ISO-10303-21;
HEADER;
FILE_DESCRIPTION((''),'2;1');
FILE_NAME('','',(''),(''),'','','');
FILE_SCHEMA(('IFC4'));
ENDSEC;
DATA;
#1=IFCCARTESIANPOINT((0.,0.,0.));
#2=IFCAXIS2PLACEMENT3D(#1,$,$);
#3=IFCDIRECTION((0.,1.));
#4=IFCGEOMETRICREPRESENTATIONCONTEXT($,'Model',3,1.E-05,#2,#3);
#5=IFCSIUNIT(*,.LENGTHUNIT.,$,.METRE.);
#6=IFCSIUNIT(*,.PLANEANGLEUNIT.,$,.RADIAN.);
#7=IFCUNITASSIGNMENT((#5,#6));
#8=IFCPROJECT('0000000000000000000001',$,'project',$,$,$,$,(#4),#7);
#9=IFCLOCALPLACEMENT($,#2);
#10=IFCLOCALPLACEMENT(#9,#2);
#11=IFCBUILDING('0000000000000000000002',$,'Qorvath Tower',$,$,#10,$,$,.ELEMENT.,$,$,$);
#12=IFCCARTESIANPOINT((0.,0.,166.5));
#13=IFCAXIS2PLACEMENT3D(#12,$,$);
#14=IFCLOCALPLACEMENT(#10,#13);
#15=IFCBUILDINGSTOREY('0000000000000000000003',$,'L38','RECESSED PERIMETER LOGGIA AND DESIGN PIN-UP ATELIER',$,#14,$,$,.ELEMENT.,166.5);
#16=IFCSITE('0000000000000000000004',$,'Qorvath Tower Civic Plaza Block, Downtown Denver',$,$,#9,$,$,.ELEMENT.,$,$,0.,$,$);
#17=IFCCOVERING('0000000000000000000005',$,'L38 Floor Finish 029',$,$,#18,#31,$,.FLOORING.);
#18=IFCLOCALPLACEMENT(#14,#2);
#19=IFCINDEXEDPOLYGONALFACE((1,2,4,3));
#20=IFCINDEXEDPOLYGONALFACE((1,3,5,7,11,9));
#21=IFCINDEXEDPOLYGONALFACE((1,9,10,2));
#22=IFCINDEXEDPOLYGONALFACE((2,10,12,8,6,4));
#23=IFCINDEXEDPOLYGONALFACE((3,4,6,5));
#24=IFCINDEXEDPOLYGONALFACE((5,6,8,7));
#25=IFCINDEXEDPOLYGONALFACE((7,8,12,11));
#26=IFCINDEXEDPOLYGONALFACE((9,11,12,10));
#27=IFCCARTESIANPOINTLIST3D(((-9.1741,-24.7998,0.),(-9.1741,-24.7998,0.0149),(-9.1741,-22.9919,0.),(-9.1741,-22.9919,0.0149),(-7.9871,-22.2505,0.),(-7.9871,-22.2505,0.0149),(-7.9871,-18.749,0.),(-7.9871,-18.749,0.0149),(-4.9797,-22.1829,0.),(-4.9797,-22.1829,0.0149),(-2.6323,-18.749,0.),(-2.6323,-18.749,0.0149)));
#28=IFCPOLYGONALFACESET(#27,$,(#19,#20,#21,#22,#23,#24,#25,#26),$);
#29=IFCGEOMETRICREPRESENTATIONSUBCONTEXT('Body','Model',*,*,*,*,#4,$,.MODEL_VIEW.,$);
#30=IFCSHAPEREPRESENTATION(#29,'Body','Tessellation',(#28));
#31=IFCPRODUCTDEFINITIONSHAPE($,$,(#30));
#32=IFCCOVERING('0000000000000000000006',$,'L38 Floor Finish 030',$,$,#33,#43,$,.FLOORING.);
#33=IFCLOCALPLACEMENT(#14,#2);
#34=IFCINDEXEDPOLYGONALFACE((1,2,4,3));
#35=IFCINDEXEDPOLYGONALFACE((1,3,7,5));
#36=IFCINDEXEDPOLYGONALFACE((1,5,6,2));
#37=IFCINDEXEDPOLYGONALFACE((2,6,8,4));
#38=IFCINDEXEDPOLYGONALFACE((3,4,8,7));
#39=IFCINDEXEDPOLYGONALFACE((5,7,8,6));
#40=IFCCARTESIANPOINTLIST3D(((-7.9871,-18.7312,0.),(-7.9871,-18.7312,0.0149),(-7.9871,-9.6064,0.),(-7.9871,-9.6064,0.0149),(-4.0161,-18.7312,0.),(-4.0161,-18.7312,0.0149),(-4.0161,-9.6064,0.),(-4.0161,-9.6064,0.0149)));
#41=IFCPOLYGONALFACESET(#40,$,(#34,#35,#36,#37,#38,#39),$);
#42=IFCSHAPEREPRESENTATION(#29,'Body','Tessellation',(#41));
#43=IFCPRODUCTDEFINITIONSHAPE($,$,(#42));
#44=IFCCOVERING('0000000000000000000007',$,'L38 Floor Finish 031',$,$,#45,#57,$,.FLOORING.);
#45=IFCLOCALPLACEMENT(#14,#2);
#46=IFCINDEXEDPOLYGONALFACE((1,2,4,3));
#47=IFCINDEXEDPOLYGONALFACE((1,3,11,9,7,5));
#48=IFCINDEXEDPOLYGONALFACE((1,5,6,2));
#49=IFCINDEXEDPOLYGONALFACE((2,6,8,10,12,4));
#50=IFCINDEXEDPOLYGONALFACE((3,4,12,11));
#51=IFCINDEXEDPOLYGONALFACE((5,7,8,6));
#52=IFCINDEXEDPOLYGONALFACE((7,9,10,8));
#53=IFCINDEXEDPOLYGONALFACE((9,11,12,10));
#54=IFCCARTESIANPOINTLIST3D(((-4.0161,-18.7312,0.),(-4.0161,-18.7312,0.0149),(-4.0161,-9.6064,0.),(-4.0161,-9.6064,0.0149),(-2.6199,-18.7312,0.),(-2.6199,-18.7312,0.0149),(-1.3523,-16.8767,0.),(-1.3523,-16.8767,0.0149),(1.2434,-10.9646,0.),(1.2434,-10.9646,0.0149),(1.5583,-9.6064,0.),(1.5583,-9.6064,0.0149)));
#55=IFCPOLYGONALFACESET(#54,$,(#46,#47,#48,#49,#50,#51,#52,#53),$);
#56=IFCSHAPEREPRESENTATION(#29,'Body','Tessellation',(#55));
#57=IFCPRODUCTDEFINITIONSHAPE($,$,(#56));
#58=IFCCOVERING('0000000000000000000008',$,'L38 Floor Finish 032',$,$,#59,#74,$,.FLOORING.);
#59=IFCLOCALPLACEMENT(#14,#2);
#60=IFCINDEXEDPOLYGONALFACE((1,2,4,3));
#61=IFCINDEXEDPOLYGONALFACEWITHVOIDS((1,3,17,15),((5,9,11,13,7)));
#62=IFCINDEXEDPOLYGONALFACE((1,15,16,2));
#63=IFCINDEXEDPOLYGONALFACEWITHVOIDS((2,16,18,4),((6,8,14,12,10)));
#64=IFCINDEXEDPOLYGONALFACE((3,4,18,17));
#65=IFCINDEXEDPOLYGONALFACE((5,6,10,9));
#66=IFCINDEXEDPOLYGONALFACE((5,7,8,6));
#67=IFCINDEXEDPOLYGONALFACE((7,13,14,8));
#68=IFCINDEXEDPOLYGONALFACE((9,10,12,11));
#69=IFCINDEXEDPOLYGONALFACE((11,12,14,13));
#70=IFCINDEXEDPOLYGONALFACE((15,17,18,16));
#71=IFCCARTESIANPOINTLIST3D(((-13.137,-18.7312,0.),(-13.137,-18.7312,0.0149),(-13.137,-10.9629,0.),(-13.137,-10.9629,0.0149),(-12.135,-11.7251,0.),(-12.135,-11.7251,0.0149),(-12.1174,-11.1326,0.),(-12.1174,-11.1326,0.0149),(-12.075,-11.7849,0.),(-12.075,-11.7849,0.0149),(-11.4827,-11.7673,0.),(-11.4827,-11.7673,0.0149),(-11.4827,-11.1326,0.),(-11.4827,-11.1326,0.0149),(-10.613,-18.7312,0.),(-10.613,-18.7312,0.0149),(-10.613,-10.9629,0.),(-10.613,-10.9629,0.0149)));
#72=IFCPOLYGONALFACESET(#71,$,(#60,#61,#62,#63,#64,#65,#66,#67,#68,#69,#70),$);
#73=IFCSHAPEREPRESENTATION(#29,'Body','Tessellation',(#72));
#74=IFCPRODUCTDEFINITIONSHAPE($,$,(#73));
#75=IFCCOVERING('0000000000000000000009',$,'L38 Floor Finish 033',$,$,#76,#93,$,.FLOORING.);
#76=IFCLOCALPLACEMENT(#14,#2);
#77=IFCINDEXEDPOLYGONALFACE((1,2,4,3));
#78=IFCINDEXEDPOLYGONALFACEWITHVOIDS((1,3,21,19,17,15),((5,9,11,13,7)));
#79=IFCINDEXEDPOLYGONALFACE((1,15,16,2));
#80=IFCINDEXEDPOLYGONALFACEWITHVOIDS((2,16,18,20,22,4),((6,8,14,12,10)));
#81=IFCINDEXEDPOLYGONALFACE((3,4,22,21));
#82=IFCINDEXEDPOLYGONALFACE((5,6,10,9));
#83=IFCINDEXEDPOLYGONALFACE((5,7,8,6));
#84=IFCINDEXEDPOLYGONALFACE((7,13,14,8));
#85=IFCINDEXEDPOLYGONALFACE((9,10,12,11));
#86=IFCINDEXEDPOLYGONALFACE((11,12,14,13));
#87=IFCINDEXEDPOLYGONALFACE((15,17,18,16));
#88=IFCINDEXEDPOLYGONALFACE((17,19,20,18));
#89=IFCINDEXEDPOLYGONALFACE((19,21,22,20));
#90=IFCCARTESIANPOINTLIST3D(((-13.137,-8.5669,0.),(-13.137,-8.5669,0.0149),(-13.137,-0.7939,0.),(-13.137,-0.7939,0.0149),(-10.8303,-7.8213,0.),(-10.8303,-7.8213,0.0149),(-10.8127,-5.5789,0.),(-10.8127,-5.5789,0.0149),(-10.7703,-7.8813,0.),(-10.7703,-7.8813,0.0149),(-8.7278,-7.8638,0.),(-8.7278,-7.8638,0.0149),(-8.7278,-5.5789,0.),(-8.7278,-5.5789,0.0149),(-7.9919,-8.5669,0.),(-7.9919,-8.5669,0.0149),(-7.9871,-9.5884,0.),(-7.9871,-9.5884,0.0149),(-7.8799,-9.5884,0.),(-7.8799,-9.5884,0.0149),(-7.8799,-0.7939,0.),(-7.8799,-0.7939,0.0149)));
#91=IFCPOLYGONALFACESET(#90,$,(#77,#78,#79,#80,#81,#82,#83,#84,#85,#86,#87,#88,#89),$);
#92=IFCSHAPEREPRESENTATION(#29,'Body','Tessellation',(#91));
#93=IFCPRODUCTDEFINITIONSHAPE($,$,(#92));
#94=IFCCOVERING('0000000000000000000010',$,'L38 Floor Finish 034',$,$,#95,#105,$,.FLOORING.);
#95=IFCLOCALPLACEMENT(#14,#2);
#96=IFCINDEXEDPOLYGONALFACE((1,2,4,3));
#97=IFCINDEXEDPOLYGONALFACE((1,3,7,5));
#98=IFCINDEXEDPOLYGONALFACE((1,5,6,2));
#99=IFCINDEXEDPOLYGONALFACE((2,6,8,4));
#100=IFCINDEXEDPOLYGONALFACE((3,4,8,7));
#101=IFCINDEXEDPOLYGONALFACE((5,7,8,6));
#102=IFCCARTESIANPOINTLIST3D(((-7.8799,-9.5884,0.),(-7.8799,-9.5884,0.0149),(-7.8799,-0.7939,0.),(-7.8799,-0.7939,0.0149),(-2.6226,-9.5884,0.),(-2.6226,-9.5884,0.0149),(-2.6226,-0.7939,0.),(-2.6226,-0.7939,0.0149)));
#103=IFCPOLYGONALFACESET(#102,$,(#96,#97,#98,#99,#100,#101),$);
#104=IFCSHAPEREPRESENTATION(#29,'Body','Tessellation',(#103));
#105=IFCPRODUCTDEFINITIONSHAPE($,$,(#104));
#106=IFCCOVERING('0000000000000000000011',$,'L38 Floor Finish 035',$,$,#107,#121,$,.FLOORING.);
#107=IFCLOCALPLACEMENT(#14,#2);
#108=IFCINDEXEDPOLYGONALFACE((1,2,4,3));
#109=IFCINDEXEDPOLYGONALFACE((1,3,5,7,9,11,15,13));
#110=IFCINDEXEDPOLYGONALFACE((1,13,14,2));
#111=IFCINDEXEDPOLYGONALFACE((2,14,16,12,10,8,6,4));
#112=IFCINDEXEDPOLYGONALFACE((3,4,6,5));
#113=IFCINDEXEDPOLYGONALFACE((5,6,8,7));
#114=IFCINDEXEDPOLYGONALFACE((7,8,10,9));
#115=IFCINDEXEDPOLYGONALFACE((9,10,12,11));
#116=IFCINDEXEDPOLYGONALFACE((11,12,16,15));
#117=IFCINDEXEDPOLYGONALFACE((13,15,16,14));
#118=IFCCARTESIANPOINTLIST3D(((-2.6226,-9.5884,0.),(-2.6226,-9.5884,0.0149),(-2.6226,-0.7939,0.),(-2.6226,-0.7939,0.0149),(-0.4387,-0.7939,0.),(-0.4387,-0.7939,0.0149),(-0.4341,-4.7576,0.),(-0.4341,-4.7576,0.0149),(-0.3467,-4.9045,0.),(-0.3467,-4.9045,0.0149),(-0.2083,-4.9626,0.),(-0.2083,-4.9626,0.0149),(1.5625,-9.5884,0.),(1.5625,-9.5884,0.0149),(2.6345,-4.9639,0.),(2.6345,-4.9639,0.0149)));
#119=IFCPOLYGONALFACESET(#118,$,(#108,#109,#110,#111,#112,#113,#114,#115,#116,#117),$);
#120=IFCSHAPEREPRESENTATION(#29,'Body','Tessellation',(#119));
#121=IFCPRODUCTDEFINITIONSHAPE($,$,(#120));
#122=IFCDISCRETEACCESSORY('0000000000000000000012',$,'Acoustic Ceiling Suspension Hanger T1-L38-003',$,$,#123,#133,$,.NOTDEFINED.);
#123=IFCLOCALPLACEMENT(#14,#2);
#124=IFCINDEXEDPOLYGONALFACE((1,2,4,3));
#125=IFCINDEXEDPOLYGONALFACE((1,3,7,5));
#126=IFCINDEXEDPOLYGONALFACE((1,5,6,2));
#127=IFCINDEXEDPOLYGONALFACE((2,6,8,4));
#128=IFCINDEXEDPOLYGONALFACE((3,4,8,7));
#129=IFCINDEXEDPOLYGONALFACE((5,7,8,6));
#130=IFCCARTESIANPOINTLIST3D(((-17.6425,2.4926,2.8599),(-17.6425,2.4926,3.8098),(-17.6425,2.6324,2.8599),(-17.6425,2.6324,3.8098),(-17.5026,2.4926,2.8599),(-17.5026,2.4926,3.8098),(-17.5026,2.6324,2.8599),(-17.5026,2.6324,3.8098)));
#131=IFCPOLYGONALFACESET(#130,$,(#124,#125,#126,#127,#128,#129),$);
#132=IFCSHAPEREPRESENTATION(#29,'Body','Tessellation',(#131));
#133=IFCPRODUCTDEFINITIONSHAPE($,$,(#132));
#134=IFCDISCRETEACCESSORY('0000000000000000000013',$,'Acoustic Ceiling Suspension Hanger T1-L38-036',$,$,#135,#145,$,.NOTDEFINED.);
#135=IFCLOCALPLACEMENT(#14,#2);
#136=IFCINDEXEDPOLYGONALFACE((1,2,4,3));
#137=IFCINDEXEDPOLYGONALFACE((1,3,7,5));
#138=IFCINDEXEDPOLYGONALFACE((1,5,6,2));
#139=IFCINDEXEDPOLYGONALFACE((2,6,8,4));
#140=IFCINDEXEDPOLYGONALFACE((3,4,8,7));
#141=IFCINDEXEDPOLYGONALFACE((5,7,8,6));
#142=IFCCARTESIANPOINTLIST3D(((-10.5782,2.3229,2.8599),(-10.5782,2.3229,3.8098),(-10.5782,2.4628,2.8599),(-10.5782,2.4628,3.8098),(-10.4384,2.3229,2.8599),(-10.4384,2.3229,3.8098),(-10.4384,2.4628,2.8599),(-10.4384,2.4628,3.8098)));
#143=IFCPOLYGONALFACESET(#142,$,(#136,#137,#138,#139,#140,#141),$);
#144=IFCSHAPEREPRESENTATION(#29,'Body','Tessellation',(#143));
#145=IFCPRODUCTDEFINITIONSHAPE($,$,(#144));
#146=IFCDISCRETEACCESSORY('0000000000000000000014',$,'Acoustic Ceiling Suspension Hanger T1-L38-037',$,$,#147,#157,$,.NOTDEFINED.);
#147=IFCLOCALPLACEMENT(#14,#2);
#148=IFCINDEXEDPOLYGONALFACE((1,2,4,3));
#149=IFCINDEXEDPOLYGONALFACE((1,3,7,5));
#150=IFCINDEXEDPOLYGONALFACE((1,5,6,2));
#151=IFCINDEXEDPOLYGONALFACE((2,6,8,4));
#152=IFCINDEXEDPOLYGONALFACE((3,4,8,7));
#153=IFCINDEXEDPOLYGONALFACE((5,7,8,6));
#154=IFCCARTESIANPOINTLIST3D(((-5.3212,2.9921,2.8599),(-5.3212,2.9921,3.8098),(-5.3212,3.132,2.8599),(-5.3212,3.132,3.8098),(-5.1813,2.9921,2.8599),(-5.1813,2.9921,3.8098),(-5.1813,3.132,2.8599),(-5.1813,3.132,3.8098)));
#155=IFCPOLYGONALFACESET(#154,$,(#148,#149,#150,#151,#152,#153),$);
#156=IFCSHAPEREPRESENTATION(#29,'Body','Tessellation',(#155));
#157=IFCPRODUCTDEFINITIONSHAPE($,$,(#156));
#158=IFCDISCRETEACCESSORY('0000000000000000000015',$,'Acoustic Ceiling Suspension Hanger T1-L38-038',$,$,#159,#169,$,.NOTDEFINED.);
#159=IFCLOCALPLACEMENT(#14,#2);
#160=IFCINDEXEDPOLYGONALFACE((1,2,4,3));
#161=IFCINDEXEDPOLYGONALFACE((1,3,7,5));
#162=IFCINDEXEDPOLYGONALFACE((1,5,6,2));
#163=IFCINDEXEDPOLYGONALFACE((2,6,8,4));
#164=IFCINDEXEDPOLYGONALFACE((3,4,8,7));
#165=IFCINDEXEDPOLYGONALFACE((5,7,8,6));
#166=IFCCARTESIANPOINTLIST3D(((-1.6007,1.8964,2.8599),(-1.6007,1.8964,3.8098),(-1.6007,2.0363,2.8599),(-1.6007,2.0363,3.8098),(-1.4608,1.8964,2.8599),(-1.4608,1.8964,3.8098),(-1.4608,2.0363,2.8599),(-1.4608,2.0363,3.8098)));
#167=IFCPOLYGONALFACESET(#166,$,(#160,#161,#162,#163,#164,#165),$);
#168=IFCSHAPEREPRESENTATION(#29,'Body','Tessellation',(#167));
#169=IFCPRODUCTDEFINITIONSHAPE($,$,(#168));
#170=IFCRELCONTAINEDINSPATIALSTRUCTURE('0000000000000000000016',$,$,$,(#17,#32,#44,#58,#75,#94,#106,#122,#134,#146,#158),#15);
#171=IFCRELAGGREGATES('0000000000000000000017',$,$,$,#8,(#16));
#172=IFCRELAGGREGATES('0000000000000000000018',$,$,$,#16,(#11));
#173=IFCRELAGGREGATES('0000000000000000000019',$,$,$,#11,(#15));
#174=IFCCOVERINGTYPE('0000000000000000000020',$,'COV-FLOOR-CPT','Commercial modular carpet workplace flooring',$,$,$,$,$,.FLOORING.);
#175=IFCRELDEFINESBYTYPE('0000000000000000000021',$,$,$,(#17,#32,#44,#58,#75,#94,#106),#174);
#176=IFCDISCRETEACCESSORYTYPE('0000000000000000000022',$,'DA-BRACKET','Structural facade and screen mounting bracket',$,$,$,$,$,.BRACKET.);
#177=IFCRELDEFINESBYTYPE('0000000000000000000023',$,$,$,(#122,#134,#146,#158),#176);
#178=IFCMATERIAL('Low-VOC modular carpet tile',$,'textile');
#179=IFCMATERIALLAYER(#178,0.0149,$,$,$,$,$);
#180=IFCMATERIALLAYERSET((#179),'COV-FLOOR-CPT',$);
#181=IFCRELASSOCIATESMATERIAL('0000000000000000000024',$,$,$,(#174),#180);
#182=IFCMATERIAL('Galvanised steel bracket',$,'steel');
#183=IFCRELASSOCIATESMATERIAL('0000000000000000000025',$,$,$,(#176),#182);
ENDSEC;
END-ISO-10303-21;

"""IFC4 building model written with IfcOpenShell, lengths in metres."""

from ifc_helpers import new_model, si_unit, direction, frame, origin, origin_2d, place, context, subcontext, project, spatial, polyline, rectangle, outline, extrude, material, layer, layer_set, type_object, element, save


model = new_model("IFC4")

# Units and contexts
model_context = context("Model", 3, precision=1e-05, world=origin(), true_north=direction((0.0, 1.0)))
body_context = subcontext(model_context, "Body", "Model", "MODEL_VIEW")
ifc_project = project(units=[si_unit("LENGTHUNIT", "METRE"), si_unit("PLANEANGLEUNIT", "RADIAN")], contexts=[model_context])

# Site, building, storey
site_placement = place(None, origin())
site = spatial("IfcSite", under=ifc_project, at=site_placement, Name="Qorvath Tower Civic Plaza Block, Downtown Denver", CompositionType="ELEMENT", RefElevation=0.0)
building_placement = place(site_placement, origin())
building = spatial("IfcBuilding", under=site, at=building_placement, Name="Qorvath Tower", CompositionType="ELEMENT")
storey_placement = place(building_placement, frame((0.0, 0.0, 166.5)))
storey = spatial("IfcBuildingStorey", under=building, at=storey_placement, Name="L38", Description="RECESSED PERIMETER LOGGIA AND DESIGN PIN-UP ATELIER", CompositionType="ELEMENT", Elevation=166.5)

# Coverings
ifc_material_1 = material(Name="Low-VOC modular carpet tile", Category="textile")
ifc_layer_1 = layer(ifc_material_1, 0.0149)
ifc_layer_set_1 = layer_set([ifc_layer_1], Name="COV-FLOOR-CPT")
covering_type_1 = type_object("IfcCoveringType", Name="COV-FLOOR-CPT", Description="Commercial modular carpet workplace flooring", PredefinedType="FLOORING", material=ifc_layer_set_1)
covering_1_placement = place(storey_placement, origin())
element("IfcCovering", 1, at=covering_1_placement, inside=storey, type_object=covering_type_1, Name="L38 Floor Finish 029", PredefinedType="FLOORING", context=body_context, shape_type="SweptSolid", body=[
    extrude(outline(polyline([(-9.1741, -22.9919), (-9.1741, -24.7998), (-4.9797, -22.1829), (-2.6323, -18.749), (-7.9871, -18.749), (-7.9871, -22.2505), (-9.1741, -22.9919)])), origin(), (0.0, 0.0, 1.0), 0.0149),
])
covering_2_placement = place(storey_placement, origin())
element("IfcCovering", 2, at=covering_2_placement, inside=storey, type_object=covering_type_1, Name="L38 Floor Finish 030", PredefinedType="FLOORING", context=body_context, shape_type="SweptSolid", body=[
    extrude(outline(polyline([(-7.9871, -18.7312), (-4.0161, -18.7312), (-4.0161, -9.6064), (-7.9871, -9.6064), (-7.9871, -18.7312)])), origin(), (0.0, 0.0, 1.0), 0.0149),
])
covering_3_placement = place(storey_placement, origin())
element("IfcCovering", 3, at=covering_3_placement, inside=storey, type_object=covering_type_1, Name="L38 Floor Finish 031", PredefinedType="FLOORING", context=body_context, shape_type="SweptSolid", body=[
    extrude(outline(polyline([(-4.0161, -9.6064), (-4.0161, -18.7312), (-2.6199, -18.7312), (-1.3523, -16.8767), (1.2434, -10.9646), (1.5583, -9.6064), (-4.0161, -9.6064)])), origin(), (0.0, 0.0, 1.0), 0.0149),
])
covering_4_placement = place(storey_placement, origin())
element("IfcCovering", 4, at=covering_4_placement, inside=storey, type_object=covering_type_1, Name="L38 Floor Finish 032", PredefinedType="FLOORING", context=body_context, shape_type="SweptSolid", body=[
    extrude(outline(polyline([(-10.613, -18.7312), (-10.613, -10.9629), (-13.137, -10.9629), (-13.137, -18.7312), (-10.613, -18.7312)]), holes=[polyline([(-12.1174, -11.1326), (-11.4827, -11.1326), (-11.4827, -11.7673), (-12.075, -11.7849), (-12.135, -11.7251), (-12.1174, -11.1326)])]), origin(), (0.0, 0.0, 1.0), 0.0149),
])
covering_5_placement = place(storey_placement, origin())
element("IfcCovering", 5, at=covering_5_placement, inside=storey, type_object=covering_type_1, Name="L38 Floor Finish 033", PredefinedType="FLOORING", context=body_context, shape_type="SweptSolid", body=[
    extrude(outline(polyline([(-7.8799, -9.5884), (-7.8799, -0.7939), (-13.137, -0.7939), (-13.137, -8.5669), (-7.9919, -8.5669), (-7.9871, -9.5884), (-7.8799, -9.5884)]), holes=[polyline([(-10.8303, -7.8213), (-10.8127, -5.5789), (-8.7278, -5.5789), (-8.7278, -7.8638), (-10.7703, -7.8813), (-10.8303, -7.8213)])]), origin(), (0.0, 0.0, 1.0), 0.0149),
])
covering_6_placement = place(storey_placement, origin())
element("IfcCovering", 6, at=covering_6_placement, inside=storey, type_object=covering_type_1, Name="L38 Floor Finish 034", PredefinedType="FLOORING", context=body_context, shape_type="SweptSolid", body=[
    extrude(outline(polyline([(-2.6226, -9.5884), (-2.6226, -0.7939), (-7.8799, -0.7939), (-7.8799, -9.5884), (-2.6226, -9.5884)])), origin(), (0.0, 0.0, 1.0), 0.0149),
])
covering_7_placement = place(storey_placement, origin())
element("IfcCovering", 7, at=covering_7_placement, inside=storey, type_object=covering_type_1, Name="L38 Floor Finish 035", PredefinedType="FLOORING", context=body_context, shape_type="SweptSolid", body=[
    extrude(outline(polyline([(-0.3467, -4.9045), (-0.4341, -4.7576), (-0.4387, -0.7939), (-2.6226, -0.7939), (-2.6226, -9.5884), (1.5625, -9.5884), (2.6345, -4.9639), (-0.2083, -4.9626), (-0.3467, -4.9045)])), origin(), (0.0, 0.0, 1.0), 0.0149),
])

# Discrete accessories
ifc_material_2 = material(Name="Galvanised steel bracket", Category="steel")
discrete_accessory_type = type_object("IfcDiscreteAccessoryType", Name="DA-BRACKET", Description="Structural facade and screen mounting bracket", PredefinedType="BRACKET", material=ifc_material_2)
for number, where, z_axis, x_axis, name in (
    (8, (-17.5725, 2.5625, 2.8599), (0.0, 0.0, 1.0), (1.0, 0.0, 0.0), "Acoustic Ceiling Suspension Hanger T1-L38-003"),
    (9, (-10.5083, 2.3928, 2.8599), (0.0, 0.0, 1.0), (1.0, 0.0, 0.0), "Acoustic Ceiling Suspension Hanger T1-L38-036"),
    (10, (-5.2512, 3.062, 2.8599), (0.0, 0.0, 1.0), (1.0, 0.0, 0.0), "Acoustic Ceiling Suspension Hanger T1-L38-037"),
    (11, (-1.5308, 1.9663, 2.8599), (0.0, 0.0, 1.0), (1.0, 0.0, 0.0), "Acoustic Ceiling Suspension Hanger T1-L38-038"),
):
    element("IfcDiscreteAccessory", number, at=place(storey_placement, frame(where, z_axis=z_axis, x_axis=x_axis)), inside=storey, type_object=discrete_accessory_type, Name=name, PredefinedType="NOTDEFINED", context=body_context, shape_type="SweptSolid", body=[
        extrude(rectangle(XDim=0.1399, YDim=0.1399, at=origin_2d()), origin(), (0.0, 0.0, 1.0), 0.95),
    ])

save(model, "model.ifc")
